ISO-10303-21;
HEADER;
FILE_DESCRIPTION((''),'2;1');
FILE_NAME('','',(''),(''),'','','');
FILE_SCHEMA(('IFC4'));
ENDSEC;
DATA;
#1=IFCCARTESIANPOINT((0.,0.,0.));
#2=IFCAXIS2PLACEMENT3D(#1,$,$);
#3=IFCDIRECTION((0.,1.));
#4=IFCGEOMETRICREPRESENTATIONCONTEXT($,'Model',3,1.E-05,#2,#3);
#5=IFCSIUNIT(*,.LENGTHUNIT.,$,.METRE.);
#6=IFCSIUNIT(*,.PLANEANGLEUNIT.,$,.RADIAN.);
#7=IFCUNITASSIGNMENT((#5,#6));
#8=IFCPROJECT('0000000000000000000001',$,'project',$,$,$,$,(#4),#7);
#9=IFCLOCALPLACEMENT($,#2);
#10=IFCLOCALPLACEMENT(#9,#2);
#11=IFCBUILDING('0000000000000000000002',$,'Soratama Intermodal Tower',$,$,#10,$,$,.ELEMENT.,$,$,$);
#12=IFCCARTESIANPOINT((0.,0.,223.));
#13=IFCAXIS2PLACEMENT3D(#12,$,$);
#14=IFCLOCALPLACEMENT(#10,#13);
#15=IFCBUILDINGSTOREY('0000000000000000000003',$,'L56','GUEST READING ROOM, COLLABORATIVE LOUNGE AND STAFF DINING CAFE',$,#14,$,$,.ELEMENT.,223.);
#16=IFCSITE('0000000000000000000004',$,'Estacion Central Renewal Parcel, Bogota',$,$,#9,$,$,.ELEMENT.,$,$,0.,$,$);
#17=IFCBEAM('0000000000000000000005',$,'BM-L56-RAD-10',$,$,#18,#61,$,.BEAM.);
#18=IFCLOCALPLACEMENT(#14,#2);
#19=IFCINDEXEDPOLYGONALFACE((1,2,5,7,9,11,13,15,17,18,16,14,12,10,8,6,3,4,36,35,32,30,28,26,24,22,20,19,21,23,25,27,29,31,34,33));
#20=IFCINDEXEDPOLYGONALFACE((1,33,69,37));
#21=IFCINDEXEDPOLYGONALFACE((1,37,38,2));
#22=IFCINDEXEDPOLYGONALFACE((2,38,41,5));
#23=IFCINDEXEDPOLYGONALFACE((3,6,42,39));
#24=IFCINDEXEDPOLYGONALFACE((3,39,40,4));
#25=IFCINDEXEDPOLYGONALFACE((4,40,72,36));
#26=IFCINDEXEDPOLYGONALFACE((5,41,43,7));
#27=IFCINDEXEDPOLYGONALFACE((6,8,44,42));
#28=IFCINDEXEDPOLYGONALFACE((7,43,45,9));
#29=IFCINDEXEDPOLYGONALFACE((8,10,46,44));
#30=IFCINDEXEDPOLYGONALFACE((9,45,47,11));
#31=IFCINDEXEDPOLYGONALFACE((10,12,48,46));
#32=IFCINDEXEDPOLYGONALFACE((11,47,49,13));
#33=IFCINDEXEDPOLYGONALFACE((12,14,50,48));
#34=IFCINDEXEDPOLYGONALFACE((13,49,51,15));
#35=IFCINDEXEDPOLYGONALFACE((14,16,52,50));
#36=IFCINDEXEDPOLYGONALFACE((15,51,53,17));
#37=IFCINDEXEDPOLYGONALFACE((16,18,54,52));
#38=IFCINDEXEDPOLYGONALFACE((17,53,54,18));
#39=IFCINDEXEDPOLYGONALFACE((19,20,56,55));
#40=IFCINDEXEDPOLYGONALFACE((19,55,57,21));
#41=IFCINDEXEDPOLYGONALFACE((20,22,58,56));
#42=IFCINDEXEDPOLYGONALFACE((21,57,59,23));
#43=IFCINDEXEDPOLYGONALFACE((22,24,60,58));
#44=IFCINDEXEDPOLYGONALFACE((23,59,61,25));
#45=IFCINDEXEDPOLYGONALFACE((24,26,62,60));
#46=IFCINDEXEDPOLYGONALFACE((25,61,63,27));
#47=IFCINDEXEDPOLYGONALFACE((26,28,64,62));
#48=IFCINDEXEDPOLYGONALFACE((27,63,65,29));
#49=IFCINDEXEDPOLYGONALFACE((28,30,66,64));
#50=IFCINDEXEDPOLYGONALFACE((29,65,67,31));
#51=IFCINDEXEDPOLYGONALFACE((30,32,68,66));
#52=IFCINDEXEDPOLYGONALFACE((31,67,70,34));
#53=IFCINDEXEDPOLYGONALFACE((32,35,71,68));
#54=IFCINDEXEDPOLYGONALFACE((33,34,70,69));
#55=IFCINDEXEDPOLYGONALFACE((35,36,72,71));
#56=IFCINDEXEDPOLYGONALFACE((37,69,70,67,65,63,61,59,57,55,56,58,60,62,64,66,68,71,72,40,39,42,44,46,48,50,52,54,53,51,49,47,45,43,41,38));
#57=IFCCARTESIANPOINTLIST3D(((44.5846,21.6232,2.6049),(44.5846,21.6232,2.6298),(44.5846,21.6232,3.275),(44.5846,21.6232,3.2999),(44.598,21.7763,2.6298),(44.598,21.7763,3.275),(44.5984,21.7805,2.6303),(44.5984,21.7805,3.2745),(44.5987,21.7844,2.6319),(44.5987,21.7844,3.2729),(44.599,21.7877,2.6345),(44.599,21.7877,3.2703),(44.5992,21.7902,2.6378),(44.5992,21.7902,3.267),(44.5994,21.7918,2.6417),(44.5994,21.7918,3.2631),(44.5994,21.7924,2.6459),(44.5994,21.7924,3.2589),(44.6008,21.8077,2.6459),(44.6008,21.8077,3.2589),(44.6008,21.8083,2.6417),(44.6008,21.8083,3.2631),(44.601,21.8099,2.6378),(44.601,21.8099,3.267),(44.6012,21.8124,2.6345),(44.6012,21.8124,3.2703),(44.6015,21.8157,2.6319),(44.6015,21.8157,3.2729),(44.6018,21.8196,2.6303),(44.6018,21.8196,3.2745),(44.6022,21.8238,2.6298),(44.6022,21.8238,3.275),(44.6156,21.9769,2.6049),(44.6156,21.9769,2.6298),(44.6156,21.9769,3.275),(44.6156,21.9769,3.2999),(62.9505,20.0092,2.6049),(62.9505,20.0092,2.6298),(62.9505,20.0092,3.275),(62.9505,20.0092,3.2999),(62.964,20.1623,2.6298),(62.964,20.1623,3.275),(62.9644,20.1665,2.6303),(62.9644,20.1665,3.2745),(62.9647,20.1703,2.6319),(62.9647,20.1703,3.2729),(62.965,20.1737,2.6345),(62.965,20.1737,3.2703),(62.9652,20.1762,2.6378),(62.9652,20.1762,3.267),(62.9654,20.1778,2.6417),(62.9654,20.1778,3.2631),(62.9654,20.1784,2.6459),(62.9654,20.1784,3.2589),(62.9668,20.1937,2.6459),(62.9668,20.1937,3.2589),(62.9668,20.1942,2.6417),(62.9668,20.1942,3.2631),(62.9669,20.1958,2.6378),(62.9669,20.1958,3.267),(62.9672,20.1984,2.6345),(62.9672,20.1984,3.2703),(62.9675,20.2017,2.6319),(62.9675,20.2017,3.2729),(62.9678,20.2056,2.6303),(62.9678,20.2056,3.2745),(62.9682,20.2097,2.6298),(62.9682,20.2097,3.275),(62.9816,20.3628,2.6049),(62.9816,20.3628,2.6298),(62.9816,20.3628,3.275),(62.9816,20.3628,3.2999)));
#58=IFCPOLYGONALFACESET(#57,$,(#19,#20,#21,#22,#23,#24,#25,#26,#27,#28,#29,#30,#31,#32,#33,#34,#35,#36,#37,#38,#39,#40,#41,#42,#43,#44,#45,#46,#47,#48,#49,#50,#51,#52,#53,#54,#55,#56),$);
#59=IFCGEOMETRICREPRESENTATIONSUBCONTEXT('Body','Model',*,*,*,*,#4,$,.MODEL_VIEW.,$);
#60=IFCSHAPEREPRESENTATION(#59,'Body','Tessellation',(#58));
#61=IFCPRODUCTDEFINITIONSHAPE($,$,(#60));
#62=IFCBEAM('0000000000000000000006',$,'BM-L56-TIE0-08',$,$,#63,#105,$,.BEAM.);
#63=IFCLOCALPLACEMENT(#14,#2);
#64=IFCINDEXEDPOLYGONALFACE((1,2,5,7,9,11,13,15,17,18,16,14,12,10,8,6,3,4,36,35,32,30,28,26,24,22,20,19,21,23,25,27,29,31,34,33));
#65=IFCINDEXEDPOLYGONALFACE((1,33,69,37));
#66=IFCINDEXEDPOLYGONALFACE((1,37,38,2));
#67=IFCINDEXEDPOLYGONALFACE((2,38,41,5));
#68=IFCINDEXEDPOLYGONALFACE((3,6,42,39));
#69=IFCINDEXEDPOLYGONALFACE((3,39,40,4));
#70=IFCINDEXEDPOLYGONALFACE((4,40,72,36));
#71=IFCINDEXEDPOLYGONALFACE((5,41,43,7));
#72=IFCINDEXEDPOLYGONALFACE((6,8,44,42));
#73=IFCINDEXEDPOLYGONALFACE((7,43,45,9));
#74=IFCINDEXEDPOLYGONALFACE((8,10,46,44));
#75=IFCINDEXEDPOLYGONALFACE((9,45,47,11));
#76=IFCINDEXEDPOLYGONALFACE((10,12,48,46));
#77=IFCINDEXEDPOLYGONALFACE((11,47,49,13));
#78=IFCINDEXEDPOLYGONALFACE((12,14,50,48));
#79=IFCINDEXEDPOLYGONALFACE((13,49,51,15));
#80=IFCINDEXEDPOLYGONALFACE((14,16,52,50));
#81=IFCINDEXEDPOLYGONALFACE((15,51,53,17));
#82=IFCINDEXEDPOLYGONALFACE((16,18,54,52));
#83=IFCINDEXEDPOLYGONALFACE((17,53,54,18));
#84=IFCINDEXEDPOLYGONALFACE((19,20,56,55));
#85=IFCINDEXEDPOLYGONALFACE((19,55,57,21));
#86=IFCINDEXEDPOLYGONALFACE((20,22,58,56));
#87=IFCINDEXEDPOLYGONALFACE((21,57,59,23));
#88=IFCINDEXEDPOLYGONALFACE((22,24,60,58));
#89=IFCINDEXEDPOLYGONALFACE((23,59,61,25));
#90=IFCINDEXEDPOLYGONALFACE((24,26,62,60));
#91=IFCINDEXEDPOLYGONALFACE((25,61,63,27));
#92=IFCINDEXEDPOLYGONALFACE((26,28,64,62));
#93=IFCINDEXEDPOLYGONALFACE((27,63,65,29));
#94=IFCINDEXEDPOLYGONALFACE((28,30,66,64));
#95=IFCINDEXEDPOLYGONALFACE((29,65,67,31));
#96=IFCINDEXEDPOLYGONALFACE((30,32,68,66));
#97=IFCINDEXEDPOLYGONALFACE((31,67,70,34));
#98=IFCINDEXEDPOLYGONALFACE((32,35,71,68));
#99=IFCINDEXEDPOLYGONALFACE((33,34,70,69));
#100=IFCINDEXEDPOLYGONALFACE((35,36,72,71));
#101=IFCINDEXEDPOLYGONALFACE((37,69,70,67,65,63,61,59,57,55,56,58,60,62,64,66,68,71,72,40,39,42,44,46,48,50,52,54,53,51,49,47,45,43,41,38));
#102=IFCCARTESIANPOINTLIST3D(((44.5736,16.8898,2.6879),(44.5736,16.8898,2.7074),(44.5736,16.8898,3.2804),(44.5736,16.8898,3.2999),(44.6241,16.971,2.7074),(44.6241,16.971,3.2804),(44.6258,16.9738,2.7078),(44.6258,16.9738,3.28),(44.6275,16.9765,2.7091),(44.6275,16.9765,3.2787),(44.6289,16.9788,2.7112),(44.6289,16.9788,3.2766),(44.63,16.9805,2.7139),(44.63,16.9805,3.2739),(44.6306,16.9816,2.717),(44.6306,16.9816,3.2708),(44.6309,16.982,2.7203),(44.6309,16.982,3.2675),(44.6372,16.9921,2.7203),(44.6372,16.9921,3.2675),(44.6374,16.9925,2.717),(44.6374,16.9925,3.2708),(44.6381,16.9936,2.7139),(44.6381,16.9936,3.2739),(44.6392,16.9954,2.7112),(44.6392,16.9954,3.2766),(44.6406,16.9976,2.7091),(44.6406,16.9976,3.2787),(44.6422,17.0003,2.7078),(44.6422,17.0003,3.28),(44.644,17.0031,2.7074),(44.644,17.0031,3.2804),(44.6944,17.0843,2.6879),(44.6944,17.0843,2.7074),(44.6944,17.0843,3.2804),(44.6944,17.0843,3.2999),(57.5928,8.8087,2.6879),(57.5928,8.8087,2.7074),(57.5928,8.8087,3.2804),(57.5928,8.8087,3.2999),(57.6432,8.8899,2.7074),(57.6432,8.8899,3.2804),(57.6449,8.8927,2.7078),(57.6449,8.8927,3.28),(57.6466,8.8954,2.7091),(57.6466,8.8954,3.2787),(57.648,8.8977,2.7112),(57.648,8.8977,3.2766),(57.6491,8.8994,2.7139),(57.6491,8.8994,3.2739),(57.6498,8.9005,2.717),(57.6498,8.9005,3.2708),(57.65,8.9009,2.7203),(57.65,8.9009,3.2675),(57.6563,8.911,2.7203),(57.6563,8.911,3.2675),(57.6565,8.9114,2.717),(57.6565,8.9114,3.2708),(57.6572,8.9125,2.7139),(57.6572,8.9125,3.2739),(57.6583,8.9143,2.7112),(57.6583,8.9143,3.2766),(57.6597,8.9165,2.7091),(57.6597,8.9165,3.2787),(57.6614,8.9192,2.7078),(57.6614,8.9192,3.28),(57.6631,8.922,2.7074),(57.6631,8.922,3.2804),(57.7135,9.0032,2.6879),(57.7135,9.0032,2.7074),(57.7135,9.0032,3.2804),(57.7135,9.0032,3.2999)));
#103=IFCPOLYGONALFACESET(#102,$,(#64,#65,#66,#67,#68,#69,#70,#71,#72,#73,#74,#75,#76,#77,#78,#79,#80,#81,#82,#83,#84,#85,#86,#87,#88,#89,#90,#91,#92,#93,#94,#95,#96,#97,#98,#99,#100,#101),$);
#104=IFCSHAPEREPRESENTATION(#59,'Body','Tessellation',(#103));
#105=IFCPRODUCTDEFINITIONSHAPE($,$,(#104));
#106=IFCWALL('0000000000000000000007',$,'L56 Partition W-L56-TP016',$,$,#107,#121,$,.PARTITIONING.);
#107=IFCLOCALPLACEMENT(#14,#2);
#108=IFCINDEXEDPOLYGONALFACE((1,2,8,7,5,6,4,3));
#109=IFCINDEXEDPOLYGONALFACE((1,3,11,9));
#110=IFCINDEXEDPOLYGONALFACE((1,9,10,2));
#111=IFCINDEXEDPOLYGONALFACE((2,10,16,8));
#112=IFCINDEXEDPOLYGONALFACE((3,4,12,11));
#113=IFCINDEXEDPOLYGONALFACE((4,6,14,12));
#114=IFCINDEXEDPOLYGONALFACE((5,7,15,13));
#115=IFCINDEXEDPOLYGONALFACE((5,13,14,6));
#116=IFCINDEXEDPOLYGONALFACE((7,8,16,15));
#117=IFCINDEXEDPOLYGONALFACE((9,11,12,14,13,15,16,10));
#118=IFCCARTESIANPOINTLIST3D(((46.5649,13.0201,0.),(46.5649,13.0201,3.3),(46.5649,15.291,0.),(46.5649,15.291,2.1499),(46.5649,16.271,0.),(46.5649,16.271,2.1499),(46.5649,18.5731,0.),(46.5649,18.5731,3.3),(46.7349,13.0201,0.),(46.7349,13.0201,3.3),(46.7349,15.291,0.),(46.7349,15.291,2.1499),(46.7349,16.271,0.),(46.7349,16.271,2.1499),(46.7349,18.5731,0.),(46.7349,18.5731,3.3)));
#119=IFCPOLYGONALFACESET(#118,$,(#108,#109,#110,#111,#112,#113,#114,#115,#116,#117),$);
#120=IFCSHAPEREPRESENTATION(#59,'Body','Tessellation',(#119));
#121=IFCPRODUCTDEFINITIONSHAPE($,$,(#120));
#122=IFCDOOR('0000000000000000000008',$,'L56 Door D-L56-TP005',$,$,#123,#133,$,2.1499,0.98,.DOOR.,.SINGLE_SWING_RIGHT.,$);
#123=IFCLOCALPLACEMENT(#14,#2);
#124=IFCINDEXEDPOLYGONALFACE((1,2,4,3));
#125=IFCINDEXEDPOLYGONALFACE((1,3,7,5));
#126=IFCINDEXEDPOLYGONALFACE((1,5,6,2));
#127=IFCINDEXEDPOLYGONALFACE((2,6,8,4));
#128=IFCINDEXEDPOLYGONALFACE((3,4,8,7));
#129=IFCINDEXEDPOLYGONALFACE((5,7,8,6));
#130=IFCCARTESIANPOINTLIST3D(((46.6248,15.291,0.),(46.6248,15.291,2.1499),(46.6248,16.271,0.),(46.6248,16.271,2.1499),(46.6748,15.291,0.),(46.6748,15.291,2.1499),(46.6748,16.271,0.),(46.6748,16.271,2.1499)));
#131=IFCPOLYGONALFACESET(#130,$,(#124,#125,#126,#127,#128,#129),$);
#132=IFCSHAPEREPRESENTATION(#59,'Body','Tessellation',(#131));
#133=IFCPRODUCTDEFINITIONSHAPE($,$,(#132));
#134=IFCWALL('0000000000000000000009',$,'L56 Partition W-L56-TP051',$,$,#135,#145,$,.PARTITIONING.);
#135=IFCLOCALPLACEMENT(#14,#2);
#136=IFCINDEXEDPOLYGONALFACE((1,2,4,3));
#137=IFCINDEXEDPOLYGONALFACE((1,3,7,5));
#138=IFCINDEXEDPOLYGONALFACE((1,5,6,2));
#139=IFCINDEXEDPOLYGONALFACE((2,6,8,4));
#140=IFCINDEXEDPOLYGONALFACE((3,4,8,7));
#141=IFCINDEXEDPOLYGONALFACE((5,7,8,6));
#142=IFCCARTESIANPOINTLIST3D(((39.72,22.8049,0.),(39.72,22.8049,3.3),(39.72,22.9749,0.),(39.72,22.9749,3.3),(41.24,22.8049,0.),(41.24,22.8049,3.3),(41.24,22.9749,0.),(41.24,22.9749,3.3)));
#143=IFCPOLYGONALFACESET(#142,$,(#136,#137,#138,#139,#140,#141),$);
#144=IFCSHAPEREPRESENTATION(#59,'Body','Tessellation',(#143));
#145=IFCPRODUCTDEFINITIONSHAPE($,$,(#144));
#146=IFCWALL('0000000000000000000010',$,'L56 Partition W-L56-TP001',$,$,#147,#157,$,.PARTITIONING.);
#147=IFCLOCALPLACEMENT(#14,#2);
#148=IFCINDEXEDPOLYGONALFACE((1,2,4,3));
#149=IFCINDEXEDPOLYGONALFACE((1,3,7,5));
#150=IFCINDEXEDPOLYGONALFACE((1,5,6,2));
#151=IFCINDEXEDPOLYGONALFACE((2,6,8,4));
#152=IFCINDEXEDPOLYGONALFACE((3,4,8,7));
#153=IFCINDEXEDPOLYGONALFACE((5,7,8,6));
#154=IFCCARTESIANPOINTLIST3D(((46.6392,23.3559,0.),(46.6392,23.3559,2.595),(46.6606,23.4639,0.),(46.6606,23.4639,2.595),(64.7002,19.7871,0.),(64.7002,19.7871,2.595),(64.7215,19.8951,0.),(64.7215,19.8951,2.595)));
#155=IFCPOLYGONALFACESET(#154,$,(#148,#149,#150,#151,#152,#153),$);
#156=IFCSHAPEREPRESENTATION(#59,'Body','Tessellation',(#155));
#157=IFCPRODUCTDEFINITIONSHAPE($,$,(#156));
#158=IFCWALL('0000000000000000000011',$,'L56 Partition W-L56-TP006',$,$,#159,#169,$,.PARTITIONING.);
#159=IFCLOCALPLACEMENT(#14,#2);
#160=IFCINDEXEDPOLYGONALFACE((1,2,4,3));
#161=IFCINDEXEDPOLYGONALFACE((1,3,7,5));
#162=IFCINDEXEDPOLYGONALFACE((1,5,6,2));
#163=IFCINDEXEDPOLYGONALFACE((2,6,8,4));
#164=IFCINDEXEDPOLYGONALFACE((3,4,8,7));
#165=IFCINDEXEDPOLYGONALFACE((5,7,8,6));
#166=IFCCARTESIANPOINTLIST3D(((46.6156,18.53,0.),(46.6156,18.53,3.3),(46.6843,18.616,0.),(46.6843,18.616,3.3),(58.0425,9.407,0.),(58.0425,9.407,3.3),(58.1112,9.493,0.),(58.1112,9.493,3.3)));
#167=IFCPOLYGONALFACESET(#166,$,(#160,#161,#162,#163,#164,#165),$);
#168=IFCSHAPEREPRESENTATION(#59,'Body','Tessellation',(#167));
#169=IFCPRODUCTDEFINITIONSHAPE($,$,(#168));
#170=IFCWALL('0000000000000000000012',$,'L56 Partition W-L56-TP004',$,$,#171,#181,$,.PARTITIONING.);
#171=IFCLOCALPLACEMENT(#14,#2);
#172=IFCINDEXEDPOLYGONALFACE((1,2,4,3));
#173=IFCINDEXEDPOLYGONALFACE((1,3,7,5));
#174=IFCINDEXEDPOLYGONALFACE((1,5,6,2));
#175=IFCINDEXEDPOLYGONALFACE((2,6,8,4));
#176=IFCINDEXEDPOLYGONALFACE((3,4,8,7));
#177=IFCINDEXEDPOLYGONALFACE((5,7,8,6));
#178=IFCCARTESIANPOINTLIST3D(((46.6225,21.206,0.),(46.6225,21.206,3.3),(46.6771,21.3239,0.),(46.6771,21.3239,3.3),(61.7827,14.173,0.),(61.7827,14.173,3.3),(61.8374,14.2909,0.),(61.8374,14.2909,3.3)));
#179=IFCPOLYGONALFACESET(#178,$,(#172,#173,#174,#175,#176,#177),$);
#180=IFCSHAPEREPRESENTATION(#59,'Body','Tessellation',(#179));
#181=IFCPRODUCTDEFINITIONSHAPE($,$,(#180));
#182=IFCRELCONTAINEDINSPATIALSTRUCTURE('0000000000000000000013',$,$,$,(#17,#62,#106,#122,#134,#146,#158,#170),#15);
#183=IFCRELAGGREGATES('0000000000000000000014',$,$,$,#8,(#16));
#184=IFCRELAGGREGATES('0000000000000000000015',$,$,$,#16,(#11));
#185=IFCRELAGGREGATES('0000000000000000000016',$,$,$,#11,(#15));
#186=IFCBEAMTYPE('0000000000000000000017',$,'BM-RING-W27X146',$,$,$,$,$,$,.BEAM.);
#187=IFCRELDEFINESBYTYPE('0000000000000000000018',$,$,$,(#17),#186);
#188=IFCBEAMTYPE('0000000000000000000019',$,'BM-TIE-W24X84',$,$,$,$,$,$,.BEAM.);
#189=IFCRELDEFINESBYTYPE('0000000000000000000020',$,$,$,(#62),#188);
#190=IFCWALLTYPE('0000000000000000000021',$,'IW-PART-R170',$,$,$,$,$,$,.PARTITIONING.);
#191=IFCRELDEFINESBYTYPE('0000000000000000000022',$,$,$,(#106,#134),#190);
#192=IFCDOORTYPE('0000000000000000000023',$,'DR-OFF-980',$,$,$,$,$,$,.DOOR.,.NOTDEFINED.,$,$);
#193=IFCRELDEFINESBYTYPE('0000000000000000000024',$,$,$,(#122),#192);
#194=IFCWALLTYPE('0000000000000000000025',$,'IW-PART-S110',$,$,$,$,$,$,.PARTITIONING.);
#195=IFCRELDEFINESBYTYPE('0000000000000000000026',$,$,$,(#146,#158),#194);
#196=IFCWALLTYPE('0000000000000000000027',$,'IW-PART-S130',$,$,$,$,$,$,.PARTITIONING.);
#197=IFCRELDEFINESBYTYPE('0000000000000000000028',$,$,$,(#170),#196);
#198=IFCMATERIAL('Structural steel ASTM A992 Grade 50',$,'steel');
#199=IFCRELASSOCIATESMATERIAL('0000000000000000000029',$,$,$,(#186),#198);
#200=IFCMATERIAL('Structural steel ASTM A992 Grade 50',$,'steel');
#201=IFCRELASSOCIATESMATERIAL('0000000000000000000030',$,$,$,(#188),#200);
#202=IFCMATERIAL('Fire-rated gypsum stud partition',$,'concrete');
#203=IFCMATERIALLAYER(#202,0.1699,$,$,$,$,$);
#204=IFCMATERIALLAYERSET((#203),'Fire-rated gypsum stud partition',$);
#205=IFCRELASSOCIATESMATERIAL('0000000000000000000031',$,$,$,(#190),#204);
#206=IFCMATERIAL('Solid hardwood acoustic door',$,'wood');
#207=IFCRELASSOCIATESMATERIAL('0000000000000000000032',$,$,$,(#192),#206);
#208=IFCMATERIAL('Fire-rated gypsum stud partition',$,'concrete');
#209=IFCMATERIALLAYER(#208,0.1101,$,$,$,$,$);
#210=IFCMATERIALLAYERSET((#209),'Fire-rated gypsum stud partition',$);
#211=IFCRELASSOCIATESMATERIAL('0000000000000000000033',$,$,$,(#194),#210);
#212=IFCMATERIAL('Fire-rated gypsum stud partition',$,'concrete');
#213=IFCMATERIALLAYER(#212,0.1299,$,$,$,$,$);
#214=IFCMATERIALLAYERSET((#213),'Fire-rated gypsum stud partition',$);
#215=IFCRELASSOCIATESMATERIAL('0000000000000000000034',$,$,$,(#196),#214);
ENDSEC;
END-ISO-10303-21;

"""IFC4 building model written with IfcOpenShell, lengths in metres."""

from ifc_helpers import new_model, si_unit, direction, frame, frame_2d, origin, origin_2d, place, context, subcontext, project, spatial, rectangle, i_section, extrude, material, layer, layer_set, material_profile, profile_set, type_object, element, fill, save


model = new_model("IFC4")

# Units and contexts
model_context = context("Model", 3, precision=1e-05, world=origin(), true_north=direction((0.0, 1.0)))
body_context = subcontext(model_context, "Body", "Model", "MODEL_VIEW")
ifc_project = project(units=[si_unit("LENGTHUNIT", "METRE"), si_unit("PLANEANGLEUNIT", "RADIAN")], contexts=[model_context])

# Site, building, storey
site_placement = place(None, origin())
site = spatial("IfcSite", under=ifc_project, at=site_placement, Name="Estacion Central Renewal Parcel, Bogota", CompositionType="ELEMENT", RefElevation=0.0)
building_placement = place(site_placement, origin())
building = spatial("IfcBuilding", under=site, at=building_placement, Name="Soratama Intermodal Tower", CompositionType="ELEMENT")
storey_placement = place(building_placement, frame((0.0, 0.0, 223.0)))
storey = spatial("IfcBuildingStorey", under=building, at=storey_placement, Name="L56", Description="GUEST READING ROOM, COLLABORATIVE LOUNGE AND STAFF DINING CAFE", CompositionType="ELEMENT", Elevation=223.0)

# Beams
ifc_material_1 = material(Name="Structural steel ASTM A992 Grade 50", Category="steel")
ifc_material_profile_1 = material_profile(ifc_material_1, i_section(OverallWidth=0.355, OverallDepth=0.6951, WebThickness=0.0154, FlangeThickness=0.0249, FilletRadius=0.0161, at=origin_2d()), Name="W27X146")
ifc_profile_set_1 = profile_set([ifc_material_profile_1], Name="Structural steel ASTM A992 Grade 50")
beam_type_1 = type_object("IfcBeamType", Name="BM-RING-W27X146", PredefinedType="BEAM", material=ifc_profile_set_1)
beam_1_placement = place(storey_placement, frame((44.6001, 21.8, 2.9524), z_axis=(0.996161, -0.087543, 0.0), x_axis=(0.087543, 0.996161, 0.0)))
element("IfcBeam", 1, at=beam_1_placement, inside=storey, type_object=beam_type_1, Name="BM-L56-RAD-10", PredefinedType="BEAM", context=body_context, shape_type="SweptSolid", body=[
    extrude(i_section(OverallWidth=0.355, OverallDepth=0.6951, WebThickness=0.0154, FlangeThickness=0.0249, FilletRadius=0.0161, at=origin_2d()), origin(), (0.0, 0.0, 1.0), 18.4368),
])
ifc_material_2 = material(Name="Structural steel ASTM A992 Grade 50", Category="steel")
ifc_material_profile_2 = material_profile(ifc_material_2, i_section(OverallWidth=0.229, OverallDepth=0.6121, WebThickness=0.012, FlangeThickness=0.0195, FilletRadius=0.0129, at=origin_2d()), Name="W24X84")
ifc_profile_set_2 = profile_set([ifc_material_profile_2], Name="Structural steel ASTM A992 Grade 50")
beam_type_2 = type_object("IfcBeamType", Name="BM-TIE-W24X84", PredefinedType="BEAM", material=ifc_profile_set_2)
beam_2_placement = place(storey_placement, frame((44.634, 16.9871, 2.9939), z_axis=(0.849632, -0.527376, 0.0), x_axis=(0.527376, 0.849632, 0.0)))
element("IfcBeam", 2, at=beam_2_placement, inside=storey, type_object=beam_type_2, Name="BM-L56-TIE0-08", PredefinedType="BEAM", context=body_context, shape_type="SweptSolid", body=[
    extrude(i_section(OverallWidth=0.229, OverallDepth=0.6121, WebThickness=0.012, FlangeThickness=0.0195, FilletRadius=0.0129, at=origin_2d()), origin(), (0.0, 0.0, 1.0), 15.3232),
])

# Wall, opening, door
ifc_material_3 = material(Name="Fire-rated gypsum stud partition", Category="concrete")
ifc_layer_1 = layer(ifc_material_3, 0.1699)
ifc_layer_set_1 = layer_set([ifc_layer_1], Name="Fire-rated gypsum stud partition")
wall_type_1 = type_object("IfcWallType", Name="IW-PART-R170", PredefinedType="PARTITIONING", material=ifc_layer_set_1)
wall_1_placement = place(storey_placement, frame((46.6499, 18.573, 0.0), z_axis=(0.0, 0.0, 1.0), x_axis=(0.0, -1.0, 0.0)))
wall_1 = element("IfcWall", 3, at=wall_1_placement, inside=storey, type_object=wall_type_1, Name="L56 Partition W-L56-TP016", PredefinedType="PARTITIONING", context=body_context, shape_type="SweptSolid", body=[
    extrude(rectangle(XDim=5.553, YDim=0.1699, at=frame_2d((2.7764, 0.0))), origin(), (0.0, 0.0, 1.0), 3.3),
])
opening_1_placement = place(wall_1_placement, frame((2.302, 0.0, 0.0)))
opening_1 = element("IfcOpeningElement", 4, at=opening_1_placement, cuts=wall_1, PredefinedType="OPENING", context=body_context, shape_type="SweptSolid", body=[
    extrude(rectangle(XDim=0.98, YDim=2.1499, at=frame_2d((0.49, 1.075))), frame((0.0, 0.095, 0.0), z_axis=(0.0, -1.0, 0.0), x_axis=(1.0, 0.0, 0.0)), (0.0, 0.0, 1.0), 0.1899),
])
ifc_material_4 = material(Name="Solid hardwood acoustic door", Category="wood")
door_type_1 = type_object("IfcDoorType", Name="DR-OFF-980", OperationType="NOTDEFINED", PredefinedType="DOOR", material=ifc_material_4)
door_1_placement = place(opening_1_placement, origin())
door_1 = element("IfcDoor", 5, at=door_1_placement, inside=storey, type_object=door_type_1, Name="L56 Door D-L56-TP005", OperationType="SINGLE_SWING_RIGHT", OverallHeight=2.1499, OverallWidth=0.98, PredefinedType="DOOR", context=body_context, shape_type="SweptSolid", body=[
    extrude(rectangle(XDim=0.98, YDim=2.1499, at=frame_2d((0.49, 1.075))), frame((0.0, 0.0249, 0.0), z_axis=(0.0, -1.0, 0.0), x_axis=(1.0, 0.0, 0.0)), (0.0, 0.0, 1.0), 0.05),
])
fill(opening_1, door_1)

# Walls
wall_2_placement = place(storey_placement, frame((39.72, 22.8899, 0.0), z_axis=(0.0, 0.0, 1.0), x_axis=(1.0, 0.0, 0.0)))
element("IfcWall", 6, at=wall_2_placement, inside=storey, type_object=wall_type_1, Name="L56 Partition W-L56-TP051", PredefinedType="PARTITIONING", context=body_context, shape_type="SweptSolid", body=[
    extrude(rectangle(XDim=1.52, YDim=0.1699, at=frame_2d((0.76, 0.0))), origin(), (0.0, 0.0, 1.0), 3.3),
])
ifc_material_5 = material(Name="Fire-rated gypsum stud partition", Category="concrete")
ifc_layer_2 = layer(ifc_material_5, 0.1101)
ifc_layer_set_2 = layer_set([ifc_layer_2], Name="Fire-rated gypsum stud partition")
wall_type_2 = type_object("IfcWallType", Name="IW-PART-S110", PredefinedType="PARTITIONING", material=ifc_layer_set_2)
wall_3_placement = place(storey_placement, frame((46.6499, 23.4099, 0.0), z_axis=(0.0, 0.0, 1.0), x_axis=(0.981031, -0.193851, 0.0)))
element("IfcWall", 7, at=wall_3_placement, inside=storey, type_object=wall_type_2, Name="L56 Partition W-L56-TP001", PredefinedType="PARTITIONING", context=body_context, shape_type="SweptSolid", body=[
    extrude(rectangle(XDim=18.4102, YDim=0.1101, at=frame_2d((9.2051, 0.0))), origin(), (0.0, 0.0, 1.0), 2.595),
])
wall_4_placement = place(storey_placement, frame((46.6499, 18.573, 0.0), z_axis=(0.0, 0.0, 1.0), x_axis=(0.781487, -0.623921, 0.0)))
element("IfcWall", 8, at=wall_4_placement, inside=storey, type_object=wall_type_2, Name="L56 Partition W-L56-TP006", PredefinedType="PARTITIONING", context=body_context, shape_type="SweptSolid", body=[
    extrude(rectangle(XDim=14.6221, YDim=0.1101, at=frame_2d((7.311, 0.0))), origin(), (0.0, 0.0, 1.0), 3.3),
])
ifc_material_6 = material(Name="Fire-rated gypsum stud partition", Category="concrete")
ifc_layer_3 = layer(ifc_material_6, 0.1299)
ifc_layer_set_3 = layer_set([ifc_layer_3], Name="Fire-rated gypsum stud partition")
wall_type_3 = type_object("IfcWallType", Name="IW-PART-S130", PredefinedType="PARTITIONING", material=ifc_layer_set_3)
wall_5_placement = place(storey_placement, frame((46.6499, 21.2649, 0.0), z_axis=(0.0, 0.0, 1.0), x_axis=(0.907139, -0.420831, 0.0)))
element("IfcWall", 9, at=wall_5_placement, inside=storey, type_object=wall_type_3, Name="L56 Partition W-L56-TP004", PredefinedType="PARTITIONING", context=body_context, shape_type="SweptSolid", body=[
    extrude(rectangle(XDim=16.7122, YDim=0.1299, at=frame_2d((8.356, 0.0))), origin(), (0.0, 0.0, 1.0), 3.3),
])

save(model, "model.ifc")
